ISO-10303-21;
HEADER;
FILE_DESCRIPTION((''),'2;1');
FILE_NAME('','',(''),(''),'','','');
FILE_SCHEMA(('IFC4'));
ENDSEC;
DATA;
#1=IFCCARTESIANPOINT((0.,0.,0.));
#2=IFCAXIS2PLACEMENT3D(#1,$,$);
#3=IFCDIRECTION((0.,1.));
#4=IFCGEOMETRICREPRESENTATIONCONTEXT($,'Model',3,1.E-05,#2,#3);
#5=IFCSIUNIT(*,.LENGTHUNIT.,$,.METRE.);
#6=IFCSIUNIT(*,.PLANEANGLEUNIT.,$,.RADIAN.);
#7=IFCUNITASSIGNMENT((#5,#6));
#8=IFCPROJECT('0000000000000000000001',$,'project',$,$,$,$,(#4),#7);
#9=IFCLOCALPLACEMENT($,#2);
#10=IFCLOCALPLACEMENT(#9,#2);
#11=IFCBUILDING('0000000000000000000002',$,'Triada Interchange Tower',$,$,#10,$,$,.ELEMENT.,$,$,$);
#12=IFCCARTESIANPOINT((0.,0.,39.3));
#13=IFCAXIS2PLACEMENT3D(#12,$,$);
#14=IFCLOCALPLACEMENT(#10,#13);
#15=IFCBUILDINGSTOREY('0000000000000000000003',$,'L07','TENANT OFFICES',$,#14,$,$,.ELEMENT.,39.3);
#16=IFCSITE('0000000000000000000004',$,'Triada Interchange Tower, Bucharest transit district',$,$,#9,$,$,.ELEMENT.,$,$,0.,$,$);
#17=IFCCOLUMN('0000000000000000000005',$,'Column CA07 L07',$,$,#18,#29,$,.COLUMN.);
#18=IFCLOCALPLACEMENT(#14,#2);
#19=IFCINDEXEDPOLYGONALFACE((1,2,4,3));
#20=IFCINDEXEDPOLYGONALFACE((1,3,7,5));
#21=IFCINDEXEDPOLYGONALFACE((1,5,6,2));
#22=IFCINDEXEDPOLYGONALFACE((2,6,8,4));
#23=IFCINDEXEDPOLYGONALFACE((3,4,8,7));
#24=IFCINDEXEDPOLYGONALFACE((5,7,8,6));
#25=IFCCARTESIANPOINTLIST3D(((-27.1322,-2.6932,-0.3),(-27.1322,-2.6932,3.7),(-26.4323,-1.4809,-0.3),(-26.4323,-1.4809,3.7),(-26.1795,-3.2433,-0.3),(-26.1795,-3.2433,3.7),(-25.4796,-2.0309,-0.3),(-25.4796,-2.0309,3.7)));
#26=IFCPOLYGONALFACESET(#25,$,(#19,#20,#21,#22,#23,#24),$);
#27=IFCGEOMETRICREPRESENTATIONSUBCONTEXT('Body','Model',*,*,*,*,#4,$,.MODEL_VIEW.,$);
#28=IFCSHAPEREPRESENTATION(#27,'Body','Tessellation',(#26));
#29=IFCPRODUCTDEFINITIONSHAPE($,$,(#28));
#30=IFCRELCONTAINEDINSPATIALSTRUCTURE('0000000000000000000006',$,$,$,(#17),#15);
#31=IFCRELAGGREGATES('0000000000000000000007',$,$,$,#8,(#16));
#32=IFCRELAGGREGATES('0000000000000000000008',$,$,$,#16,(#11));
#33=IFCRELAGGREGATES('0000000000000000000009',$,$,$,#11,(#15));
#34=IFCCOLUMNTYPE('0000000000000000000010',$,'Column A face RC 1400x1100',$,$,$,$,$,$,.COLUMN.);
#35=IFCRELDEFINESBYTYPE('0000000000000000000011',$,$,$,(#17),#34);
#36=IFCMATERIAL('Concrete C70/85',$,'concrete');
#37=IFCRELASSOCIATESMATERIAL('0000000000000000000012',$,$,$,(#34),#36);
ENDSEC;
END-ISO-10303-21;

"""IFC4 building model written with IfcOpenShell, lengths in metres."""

from ifc_helpers import new_model, si_unit, direction, frame, origin, origin_2d, place, context, subcontext, project, spatial, rectangle, extrude, material, material_profile, profile_set, type_object, element, save


model = new_model("IFC4")

# Units and contexts
model_context = context("Model", 3, precision=1e-05, world=origin(), true_north=direction((0.0, 1.0)))
body_context = subcontext(model_context, "Body", "Model", "MODEL_VIEW")
ifc_project = project(units=[si_unit("LENGTHUNIT", "METRE"), si_unit("PLANEANGLEUNIT", "RADIAN")], contexts=[model_context])

# Site, building, storey
site_placement = place(None, origin())
site = spatial("IfcSite", under=ifc_project, at=site_placement, Name="Triada Interchange Tower, Bucharest transit district", CompositionType="ELEMENT", RefElevation=0.0)
building_placement = place(site_placement, origin())
building = spatial("IfcBuilding", under=site, at=building_placement, Name="Triada Interchange Tower", CompositionType="ELEMENT")
storey_placement = place(building_placement, frame((0.0, 0.0, 39.3)))
storey = spatial("IfcBuildingStorey", under=building, at=storey_placement, Name="L07", Description="TENANT OFFICES", CompositionType="ELEMENT", Elevation=39.3)

# Column
ifc_material_1 = material(Name="Concrete C70/85", Category="concrete")
ifc_material_profile = material_profile(ifc_material_1, rectangle(XDim=1.3999, YDim=1.1001, at=origin_2d()), Name="RC 1400x1100")
ifc_profile_set = profile_set([ifc_material_profile], Name="Concrete C70/85")
column_type = type_object("IfcColumnType", Name="Column A face RC 1400x1100", PredefinedType="COLUMN", material=ifc_profile_set)
column_placement = place(storey_placement, frame((-26.3059, -2.3621, -0.3), z_axis=(0.0, 0.0, 1.0), x_axis=(0.5, 0.866025, 0.0)))
element("IfcColumn", 1, at=column_placement, inside=storey, type_object=column_type, Name="Column CA07 L07", PredefinedType="COLUMN", context=body_context, shape_type="SweptSolid", body=[
    extrude(rectangle(XDim=1.3999, YDim=1.1001, at=origin_2d()), origin(), (0.0, 0.0, 1.0), 4.0),
])

save(model, "model.ifc")
